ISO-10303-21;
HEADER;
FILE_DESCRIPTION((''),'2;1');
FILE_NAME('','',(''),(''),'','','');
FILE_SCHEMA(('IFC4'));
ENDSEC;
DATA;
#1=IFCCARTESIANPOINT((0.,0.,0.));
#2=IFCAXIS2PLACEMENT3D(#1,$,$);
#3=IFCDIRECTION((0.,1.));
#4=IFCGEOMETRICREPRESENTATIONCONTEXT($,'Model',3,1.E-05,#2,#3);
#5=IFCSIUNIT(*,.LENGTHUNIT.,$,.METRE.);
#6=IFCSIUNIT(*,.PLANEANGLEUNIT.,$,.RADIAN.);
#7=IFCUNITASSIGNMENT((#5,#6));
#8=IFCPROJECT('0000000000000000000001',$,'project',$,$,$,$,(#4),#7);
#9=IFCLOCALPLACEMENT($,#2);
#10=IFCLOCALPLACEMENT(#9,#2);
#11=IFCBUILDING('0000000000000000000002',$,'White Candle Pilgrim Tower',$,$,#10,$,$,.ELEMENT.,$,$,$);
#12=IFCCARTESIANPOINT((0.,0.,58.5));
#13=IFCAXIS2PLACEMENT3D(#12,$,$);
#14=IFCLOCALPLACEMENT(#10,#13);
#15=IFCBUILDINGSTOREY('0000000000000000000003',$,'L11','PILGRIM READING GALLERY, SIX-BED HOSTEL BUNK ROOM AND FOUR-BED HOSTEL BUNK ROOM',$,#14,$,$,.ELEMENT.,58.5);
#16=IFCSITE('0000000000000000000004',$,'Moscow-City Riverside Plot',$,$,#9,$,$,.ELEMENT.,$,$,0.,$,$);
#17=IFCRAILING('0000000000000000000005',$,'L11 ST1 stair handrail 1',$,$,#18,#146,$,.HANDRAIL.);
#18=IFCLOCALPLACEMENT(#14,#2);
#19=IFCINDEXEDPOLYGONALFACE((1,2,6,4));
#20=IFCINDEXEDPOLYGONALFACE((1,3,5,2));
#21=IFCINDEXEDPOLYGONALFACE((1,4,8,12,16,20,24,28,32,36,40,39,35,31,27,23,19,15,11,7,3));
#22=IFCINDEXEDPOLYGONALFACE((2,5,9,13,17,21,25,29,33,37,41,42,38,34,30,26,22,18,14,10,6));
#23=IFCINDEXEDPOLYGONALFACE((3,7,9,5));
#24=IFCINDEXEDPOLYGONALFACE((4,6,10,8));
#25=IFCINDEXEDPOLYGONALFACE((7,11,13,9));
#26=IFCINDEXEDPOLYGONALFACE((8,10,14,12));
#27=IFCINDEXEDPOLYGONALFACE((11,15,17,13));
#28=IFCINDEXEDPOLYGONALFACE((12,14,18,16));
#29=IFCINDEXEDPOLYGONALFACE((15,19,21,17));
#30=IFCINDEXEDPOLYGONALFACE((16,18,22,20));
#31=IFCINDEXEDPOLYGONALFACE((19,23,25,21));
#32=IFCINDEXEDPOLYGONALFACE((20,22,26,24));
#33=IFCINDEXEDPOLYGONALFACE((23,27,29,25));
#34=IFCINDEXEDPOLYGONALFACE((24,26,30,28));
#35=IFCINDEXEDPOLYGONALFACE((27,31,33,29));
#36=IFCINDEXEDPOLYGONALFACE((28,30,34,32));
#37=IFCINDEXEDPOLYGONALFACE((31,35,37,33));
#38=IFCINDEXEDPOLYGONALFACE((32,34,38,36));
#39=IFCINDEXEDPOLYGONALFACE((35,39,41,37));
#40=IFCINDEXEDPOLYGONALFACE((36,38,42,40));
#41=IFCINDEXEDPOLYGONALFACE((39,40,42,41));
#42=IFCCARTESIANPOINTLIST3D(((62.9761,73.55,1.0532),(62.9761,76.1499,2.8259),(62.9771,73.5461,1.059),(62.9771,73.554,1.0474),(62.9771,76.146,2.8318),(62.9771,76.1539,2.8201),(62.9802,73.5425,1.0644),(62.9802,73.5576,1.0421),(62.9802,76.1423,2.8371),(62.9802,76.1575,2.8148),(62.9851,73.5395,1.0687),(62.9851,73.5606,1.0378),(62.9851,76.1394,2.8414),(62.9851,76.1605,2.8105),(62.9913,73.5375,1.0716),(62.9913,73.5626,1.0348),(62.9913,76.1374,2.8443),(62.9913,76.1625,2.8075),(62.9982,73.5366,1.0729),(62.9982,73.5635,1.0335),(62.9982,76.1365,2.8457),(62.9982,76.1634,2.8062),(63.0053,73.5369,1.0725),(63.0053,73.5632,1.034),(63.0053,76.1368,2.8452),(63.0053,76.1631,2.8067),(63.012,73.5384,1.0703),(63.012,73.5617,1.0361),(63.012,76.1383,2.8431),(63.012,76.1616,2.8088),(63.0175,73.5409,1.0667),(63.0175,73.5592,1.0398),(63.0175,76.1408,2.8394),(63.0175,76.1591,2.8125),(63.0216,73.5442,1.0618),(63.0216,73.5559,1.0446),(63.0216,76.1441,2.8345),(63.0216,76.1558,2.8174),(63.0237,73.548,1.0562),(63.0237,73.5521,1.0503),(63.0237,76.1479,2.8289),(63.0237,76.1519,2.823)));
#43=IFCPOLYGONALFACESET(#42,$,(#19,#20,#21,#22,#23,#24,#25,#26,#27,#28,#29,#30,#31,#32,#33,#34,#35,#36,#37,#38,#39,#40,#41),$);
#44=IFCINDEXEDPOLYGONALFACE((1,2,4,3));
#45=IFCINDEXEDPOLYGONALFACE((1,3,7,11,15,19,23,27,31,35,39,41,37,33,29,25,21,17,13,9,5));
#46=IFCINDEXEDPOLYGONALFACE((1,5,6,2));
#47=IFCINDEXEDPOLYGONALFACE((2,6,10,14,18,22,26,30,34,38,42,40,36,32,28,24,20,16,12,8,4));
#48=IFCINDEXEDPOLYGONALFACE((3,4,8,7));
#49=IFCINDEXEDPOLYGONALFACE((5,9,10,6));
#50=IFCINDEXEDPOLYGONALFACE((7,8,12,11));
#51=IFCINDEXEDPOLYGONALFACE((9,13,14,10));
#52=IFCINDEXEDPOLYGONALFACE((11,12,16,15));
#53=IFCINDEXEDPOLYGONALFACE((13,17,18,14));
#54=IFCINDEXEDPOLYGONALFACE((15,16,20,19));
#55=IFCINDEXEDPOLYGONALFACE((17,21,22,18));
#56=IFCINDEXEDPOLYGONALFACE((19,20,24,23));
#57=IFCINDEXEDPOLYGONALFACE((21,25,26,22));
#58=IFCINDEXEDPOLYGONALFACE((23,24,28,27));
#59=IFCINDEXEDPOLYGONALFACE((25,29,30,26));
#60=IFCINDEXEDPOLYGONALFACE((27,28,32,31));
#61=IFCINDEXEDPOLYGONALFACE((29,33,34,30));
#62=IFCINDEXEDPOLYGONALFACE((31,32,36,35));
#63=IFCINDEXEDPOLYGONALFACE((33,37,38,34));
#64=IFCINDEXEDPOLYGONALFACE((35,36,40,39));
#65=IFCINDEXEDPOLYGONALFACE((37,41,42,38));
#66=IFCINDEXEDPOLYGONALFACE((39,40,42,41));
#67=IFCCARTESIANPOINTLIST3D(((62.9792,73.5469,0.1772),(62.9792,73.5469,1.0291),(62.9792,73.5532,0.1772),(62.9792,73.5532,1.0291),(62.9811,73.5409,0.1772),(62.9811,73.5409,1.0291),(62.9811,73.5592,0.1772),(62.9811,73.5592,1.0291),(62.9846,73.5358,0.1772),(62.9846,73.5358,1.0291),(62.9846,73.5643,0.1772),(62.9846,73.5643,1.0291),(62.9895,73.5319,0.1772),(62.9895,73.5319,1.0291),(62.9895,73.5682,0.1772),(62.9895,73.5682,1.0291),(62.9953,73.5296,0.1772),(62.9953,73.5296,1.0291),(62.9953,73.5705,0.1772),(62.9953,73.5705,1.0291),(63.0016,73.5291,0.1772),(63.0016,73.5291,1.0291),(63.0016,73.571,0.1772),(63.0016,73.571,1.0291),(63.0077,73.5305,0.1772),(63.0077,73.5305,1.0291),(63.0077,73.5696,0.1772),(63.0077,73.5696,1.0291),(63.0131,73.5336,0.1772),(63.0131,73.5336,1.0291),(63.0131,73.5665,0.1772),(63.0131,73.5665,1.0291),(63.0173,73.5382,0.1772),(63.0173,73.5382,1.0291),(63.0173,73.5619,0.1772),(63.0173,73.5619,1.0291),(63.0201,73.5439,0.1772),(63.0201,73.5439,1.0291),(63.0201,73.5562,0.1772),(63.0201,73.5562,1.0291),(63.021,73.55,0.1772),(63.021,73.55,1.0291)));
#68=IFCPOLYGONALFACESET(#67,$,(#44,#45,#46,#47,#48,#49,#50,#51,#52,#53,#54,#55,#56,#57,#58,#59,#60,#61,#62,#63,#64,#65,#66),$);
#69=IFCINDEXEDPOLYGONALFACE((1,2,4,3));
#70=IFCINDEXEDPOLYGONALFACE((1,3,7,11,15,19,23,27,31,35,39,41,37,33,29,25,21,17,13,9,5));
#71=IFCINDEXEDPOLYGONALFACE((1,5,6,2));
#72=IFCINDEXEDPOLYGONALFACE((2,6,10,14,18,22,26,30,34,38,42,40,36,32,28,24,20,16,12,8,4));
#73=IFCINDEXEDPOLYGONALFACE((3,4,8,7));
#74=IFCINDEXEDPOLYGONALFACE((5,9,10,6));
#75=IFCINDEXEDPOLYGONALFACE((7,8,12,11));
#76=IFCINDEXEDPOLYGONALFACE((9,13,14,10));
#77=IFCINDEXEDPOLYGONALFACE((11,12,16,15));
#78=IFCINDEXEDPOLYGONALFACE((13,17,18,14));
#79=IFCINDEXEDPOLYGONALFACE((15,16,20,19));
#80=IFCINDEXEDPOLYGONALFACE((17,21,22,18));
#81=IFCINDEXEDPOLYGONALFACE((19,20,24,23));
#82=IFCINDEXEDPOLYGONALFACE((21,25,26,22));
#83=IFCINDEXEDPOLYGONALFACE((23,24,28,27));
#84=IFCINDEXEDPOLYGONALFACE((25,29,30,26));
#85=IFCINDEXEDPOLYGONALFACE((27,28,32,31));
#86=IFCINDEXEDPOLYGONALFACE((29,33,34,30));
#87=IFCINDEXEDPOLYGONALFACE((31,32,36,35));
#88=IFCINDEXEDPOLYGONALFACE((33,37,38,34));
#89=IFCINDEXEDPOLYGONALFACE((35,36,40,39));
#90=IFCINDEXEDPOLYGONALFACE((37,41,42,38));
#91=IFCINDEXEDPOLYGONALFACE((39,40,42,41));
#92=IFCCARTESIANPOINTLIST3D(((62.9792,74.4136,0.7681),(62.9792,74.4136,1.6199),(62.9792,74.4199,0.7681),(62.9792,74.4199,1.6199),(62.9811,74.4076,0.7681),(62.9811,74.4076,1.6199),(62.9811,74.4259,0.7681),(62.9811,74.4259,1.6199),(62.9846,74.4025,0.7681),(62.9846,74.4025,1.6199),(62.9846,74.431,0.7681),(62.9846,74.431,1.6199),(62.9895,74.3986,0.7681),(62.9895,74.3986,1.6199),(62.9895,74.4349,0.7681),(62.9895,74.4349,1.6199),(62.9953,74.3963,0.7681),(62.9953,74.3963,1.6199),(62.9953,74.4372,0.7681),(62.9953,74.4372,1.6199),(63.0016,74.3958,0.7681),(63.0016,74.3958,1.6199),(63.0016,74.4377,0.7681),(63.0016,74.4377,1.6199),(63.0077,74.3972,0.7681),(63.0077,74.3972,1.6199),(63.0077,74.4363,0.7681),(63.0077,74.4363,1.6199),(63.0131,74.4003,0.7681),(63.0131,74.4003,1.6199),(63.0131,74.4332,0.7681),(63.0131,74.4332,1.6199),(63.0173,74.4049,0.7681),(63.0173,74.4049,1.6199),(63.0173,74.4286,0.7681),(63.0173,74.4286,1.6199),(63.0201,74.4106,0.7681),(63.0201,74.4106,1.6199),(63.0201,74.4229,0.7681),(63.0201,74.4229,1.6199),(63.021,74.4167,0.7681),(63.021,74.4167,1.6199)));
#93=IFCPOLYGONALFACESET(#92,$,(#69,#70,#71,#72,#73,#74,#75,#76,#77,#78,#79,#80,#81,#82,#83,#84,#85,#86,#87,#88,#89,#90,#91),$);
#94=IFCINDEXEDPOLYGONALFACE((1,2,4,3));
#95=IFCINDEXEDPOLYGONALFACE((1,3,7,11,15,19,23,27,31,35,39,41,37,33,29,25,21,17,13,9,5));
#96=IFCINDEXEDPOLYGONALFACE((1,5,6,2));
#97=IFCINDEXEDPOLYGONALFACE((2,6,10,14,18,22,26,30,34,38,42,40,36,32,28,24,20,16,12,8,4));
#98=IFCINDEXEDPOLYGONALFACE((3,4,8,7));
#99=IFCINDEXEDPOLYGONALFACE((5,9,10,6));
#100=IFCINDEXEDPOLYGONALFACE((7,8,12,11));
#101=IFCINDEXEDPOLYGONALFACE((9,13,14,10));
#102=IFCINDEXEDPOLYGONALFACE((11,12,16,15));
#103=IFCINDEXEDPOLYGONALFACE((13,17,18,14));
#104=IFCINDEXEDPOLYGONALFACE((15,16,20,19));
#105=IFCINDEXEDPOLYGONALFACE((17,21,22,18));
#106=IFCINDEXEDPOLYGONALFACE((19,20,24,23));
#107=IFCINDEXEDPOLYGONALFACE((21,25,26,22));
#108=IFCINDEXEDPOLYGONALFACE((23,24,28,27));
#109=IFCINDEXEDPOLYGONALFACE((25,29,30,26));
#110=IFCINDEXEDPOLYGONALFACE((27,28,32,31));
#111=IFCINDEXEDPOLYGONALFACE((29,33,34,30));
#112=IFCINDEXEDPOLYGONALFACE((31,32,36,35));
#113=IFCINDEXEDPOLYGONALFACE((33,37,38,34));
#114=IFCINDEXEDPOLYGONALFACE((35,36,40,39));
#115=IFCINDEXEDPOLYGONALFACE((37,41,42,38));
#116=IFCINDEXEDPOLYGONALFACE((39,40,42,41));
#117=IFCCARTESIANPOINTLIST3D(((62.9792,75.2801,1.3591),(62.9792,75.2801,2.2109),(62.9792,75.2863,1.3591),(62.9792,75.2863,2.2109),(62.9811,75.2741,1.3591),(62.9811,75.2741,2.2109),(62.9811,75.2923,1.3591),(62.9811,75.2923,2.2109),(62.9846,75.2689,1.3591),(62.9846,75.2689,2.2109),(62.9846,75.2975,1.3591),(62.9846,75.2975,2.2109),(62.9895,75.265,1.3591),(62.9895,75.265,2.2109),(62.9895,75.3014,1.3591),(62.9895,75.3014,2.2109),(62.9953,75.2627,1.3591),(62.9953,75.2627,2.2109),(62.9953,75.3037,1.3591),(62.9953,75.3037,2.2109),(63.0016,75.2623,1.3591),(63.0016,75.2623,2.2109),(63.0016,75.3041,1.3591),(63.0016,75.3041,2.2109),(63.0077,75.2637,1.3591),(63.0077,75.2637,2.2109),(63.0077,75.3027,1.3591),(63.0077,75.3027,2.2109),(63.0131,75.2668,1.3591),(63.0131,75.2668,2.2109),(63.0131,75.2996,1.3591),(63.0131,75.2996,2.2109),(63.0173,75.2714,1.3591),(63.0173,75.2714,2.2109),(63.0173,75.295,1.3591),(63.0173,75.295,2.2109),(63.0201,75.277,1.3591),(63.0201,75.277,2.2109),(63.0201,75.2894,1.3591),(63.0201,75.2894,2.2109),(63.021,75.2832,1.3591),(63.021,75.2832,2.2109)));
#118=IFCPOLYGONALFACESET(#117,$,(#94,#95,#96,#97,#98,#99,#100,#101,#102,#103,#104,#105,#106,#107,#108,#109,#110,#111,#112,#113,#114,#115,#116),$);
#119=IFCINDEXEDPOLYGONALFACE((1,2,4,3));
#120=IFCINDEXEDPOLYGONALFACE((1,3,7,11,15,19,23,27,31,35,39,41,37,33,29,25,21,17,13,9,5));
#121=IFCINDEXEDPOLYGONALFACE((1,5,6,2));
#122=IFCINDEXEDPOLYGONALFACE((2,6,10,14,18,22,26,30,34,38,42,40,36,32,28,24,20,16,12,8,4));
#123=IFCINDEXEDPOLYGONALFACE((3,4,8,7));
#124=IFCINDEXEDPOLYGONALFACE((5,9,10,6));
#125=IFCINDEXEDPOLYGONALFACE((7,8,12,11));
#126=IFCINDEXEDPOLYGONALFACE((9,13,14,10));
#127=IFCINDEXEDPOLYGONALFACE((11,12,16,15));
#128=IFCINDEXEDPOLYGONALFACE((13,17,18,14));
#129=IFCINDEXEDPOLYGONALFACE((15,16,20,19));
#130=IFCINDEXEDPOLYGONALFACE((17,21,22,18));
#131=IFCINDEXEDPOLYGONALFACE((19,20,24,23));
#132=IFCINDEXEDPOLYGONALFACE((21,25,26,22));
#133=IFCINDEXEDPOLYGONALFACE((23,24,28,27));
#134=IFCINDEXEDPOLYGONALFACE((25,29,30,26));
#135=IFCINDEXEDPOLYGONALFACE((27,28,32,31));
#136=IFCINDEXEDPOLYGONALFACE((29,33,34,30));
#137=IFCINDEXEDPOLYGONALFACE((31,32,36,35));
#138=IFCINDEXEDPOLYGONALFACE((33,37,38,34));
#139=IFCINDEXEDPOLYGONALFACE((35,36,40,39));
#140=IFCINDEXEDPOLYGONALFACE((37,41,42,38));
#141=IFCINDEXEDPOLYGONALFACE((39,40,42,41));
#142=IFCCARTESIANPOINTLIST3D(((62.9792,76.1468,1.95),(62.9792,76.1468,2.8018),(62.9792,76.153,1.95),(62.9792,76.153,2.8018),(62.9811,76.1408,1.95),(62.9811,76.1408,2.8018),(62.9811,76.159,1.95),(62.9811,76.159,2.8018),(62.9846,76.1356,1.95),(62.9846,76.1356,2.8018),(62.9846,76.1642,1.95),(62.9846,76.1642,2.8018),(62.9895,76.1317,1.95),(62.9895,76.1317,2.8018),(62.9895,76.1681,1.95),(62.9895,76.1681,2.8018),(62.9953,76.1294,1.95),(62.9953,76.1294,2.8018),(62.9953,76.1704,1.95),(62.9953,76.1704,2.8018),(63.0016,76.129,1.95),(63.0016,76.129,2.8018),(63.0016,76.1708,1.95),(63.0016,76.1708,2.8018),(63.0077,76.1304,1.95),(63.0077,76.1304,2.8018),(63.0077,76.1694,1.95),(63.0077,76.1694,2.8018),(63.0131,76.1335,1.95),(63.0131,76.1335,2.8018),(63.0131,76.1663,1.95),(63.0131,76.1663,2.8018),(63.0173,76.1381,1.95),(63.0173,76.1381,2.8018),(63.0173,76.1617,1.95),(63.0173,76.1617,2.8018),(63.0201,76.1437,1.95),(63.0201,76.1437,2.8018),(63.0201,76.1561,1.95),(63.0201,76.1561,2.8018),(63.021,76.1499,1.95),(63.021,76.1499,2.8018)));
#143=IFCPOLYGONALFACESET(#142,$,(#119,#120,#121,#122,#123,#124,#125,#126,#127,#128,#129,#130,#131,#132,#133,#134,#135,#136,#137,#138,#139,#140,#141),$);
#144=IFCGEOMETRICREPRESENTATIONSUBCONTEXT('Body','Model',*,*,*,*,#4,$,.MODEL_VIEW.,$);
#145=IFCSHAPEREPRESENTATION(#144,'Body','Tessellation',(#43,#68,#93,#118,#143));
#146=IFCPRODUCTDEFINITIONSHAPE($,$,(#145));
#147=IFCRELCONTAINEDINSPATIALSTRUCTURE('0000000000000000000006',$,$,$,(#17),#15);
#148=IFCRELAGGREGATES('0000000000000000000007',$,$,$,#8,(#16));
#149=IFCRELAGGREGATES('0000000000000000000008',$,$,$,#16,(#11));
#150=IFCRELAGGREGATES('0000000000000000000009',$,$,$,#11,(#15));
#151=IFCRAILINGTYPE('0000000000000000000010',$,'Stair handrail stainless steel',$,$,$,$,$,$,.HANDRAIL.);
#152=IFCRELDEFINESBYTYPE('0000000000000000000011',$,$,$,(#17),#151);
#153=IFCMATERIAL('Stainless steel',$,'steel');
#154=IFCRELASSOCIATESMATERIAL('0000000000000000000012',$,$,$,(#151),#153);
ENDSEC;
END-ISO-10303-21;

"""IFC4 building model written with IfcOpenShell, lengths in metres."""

from ifc_helpers import new_model, si_unit, direction, frame, origin, origin_2d, place, context, subcontext, project, spatial, circle, extrude, material, type_object, element, save


model = new_model("IFC4")

# Units and contexts
model_context = context("Model", 3, precision=1e-05, world=origin(), true_north=direction((0.0, 1.0)))
body_context = subcontext(model_context, "Body", "Model", "MODEL_VIEW")
ifc_project = project(units=[si_unit("LENGTHUNIT", "METRE"), si_unit("PLANEANGLEUNIT", "RADIAN")], contexts=[model_context])

# Site, building, storey
site_placement = place(None, origin())
site = spatial("IfcSite", under=ifc_project, at=site_placement, Name="Moscow-City Riverside Plot", CompositionType="ELEMENT", RefElevation=0.0)
building_placement = place(site_placement, origin())
building = spatial("IfcBuilding", under=site, at=building_placement, Name="White Candle Pilgrim Tower", CompositionType="ELEMENT")
storey_placement = place(building_placement, frame((0.0, 0.0, 58.5)))
storey = spatial("IfcBuildingStorey", under=building, at=storey_placement, Name="L11", Description="PILGRIM READING GALLERY, SIX-BED HOSTEL BUNK ROOM AND FOUR-BED HOSTEL BUNK ROOM", CompositionType="ELEMENT", Elevation=58.5)

# Shared definitions
ifc_material_1 = material(Name="Stainless steel", Category="steel")

# Railing
railing_type_1 = type_object("IfcRailingType", Name="Stair handrail stainless steel", PredefinedType="HANDRAIL", material=ifc_material_1)
railing_1_placement = place(storey_placement, frame((63.0, 73.55, 0.1772)))
element("IfcRailing", 1, at=railing_1_placement, inside=storey, type_object=railing_type_1, Name="L11 ST1 stair handrail 1", PredefinedType="HANDRAIL", context=body_context, shape_type="SweptSolid", body=[
    extrude(circle(Radius=0.0239, at=origin_2d()), frame((0.0, 0.0, 0.876), z_axis=(0.0, 0.826216, 0.563354), x_axis=(-1.0, 0.0, 0.0)), (0.0, 0.0, 1.0), 3.1467),
    extrude(circle(Radius=0.021, at=origin_2d()), origin(), (0.0, 0.0, 1.0), 0.8518),
    extrude(circle(Radius=0.021, at=origin_2d()), frame((0.0, 0.8667, 0.5908)), (0.0, 0.0, 1.0), 0.8518),
    extrude(circle(Radius=0.021, at=origin_2d()), frame((0.0, 1.7332, 1.1819)), (0.0, 0.0, 1.0), 0.8518),
    extrude(circle(Radius=0.021, at=origin_2d()), frame((0.0, 2.5999, 1.7727)), (0.0, 0.0, 1.0), 0.8518),
])

save(model, "model.ifc")
